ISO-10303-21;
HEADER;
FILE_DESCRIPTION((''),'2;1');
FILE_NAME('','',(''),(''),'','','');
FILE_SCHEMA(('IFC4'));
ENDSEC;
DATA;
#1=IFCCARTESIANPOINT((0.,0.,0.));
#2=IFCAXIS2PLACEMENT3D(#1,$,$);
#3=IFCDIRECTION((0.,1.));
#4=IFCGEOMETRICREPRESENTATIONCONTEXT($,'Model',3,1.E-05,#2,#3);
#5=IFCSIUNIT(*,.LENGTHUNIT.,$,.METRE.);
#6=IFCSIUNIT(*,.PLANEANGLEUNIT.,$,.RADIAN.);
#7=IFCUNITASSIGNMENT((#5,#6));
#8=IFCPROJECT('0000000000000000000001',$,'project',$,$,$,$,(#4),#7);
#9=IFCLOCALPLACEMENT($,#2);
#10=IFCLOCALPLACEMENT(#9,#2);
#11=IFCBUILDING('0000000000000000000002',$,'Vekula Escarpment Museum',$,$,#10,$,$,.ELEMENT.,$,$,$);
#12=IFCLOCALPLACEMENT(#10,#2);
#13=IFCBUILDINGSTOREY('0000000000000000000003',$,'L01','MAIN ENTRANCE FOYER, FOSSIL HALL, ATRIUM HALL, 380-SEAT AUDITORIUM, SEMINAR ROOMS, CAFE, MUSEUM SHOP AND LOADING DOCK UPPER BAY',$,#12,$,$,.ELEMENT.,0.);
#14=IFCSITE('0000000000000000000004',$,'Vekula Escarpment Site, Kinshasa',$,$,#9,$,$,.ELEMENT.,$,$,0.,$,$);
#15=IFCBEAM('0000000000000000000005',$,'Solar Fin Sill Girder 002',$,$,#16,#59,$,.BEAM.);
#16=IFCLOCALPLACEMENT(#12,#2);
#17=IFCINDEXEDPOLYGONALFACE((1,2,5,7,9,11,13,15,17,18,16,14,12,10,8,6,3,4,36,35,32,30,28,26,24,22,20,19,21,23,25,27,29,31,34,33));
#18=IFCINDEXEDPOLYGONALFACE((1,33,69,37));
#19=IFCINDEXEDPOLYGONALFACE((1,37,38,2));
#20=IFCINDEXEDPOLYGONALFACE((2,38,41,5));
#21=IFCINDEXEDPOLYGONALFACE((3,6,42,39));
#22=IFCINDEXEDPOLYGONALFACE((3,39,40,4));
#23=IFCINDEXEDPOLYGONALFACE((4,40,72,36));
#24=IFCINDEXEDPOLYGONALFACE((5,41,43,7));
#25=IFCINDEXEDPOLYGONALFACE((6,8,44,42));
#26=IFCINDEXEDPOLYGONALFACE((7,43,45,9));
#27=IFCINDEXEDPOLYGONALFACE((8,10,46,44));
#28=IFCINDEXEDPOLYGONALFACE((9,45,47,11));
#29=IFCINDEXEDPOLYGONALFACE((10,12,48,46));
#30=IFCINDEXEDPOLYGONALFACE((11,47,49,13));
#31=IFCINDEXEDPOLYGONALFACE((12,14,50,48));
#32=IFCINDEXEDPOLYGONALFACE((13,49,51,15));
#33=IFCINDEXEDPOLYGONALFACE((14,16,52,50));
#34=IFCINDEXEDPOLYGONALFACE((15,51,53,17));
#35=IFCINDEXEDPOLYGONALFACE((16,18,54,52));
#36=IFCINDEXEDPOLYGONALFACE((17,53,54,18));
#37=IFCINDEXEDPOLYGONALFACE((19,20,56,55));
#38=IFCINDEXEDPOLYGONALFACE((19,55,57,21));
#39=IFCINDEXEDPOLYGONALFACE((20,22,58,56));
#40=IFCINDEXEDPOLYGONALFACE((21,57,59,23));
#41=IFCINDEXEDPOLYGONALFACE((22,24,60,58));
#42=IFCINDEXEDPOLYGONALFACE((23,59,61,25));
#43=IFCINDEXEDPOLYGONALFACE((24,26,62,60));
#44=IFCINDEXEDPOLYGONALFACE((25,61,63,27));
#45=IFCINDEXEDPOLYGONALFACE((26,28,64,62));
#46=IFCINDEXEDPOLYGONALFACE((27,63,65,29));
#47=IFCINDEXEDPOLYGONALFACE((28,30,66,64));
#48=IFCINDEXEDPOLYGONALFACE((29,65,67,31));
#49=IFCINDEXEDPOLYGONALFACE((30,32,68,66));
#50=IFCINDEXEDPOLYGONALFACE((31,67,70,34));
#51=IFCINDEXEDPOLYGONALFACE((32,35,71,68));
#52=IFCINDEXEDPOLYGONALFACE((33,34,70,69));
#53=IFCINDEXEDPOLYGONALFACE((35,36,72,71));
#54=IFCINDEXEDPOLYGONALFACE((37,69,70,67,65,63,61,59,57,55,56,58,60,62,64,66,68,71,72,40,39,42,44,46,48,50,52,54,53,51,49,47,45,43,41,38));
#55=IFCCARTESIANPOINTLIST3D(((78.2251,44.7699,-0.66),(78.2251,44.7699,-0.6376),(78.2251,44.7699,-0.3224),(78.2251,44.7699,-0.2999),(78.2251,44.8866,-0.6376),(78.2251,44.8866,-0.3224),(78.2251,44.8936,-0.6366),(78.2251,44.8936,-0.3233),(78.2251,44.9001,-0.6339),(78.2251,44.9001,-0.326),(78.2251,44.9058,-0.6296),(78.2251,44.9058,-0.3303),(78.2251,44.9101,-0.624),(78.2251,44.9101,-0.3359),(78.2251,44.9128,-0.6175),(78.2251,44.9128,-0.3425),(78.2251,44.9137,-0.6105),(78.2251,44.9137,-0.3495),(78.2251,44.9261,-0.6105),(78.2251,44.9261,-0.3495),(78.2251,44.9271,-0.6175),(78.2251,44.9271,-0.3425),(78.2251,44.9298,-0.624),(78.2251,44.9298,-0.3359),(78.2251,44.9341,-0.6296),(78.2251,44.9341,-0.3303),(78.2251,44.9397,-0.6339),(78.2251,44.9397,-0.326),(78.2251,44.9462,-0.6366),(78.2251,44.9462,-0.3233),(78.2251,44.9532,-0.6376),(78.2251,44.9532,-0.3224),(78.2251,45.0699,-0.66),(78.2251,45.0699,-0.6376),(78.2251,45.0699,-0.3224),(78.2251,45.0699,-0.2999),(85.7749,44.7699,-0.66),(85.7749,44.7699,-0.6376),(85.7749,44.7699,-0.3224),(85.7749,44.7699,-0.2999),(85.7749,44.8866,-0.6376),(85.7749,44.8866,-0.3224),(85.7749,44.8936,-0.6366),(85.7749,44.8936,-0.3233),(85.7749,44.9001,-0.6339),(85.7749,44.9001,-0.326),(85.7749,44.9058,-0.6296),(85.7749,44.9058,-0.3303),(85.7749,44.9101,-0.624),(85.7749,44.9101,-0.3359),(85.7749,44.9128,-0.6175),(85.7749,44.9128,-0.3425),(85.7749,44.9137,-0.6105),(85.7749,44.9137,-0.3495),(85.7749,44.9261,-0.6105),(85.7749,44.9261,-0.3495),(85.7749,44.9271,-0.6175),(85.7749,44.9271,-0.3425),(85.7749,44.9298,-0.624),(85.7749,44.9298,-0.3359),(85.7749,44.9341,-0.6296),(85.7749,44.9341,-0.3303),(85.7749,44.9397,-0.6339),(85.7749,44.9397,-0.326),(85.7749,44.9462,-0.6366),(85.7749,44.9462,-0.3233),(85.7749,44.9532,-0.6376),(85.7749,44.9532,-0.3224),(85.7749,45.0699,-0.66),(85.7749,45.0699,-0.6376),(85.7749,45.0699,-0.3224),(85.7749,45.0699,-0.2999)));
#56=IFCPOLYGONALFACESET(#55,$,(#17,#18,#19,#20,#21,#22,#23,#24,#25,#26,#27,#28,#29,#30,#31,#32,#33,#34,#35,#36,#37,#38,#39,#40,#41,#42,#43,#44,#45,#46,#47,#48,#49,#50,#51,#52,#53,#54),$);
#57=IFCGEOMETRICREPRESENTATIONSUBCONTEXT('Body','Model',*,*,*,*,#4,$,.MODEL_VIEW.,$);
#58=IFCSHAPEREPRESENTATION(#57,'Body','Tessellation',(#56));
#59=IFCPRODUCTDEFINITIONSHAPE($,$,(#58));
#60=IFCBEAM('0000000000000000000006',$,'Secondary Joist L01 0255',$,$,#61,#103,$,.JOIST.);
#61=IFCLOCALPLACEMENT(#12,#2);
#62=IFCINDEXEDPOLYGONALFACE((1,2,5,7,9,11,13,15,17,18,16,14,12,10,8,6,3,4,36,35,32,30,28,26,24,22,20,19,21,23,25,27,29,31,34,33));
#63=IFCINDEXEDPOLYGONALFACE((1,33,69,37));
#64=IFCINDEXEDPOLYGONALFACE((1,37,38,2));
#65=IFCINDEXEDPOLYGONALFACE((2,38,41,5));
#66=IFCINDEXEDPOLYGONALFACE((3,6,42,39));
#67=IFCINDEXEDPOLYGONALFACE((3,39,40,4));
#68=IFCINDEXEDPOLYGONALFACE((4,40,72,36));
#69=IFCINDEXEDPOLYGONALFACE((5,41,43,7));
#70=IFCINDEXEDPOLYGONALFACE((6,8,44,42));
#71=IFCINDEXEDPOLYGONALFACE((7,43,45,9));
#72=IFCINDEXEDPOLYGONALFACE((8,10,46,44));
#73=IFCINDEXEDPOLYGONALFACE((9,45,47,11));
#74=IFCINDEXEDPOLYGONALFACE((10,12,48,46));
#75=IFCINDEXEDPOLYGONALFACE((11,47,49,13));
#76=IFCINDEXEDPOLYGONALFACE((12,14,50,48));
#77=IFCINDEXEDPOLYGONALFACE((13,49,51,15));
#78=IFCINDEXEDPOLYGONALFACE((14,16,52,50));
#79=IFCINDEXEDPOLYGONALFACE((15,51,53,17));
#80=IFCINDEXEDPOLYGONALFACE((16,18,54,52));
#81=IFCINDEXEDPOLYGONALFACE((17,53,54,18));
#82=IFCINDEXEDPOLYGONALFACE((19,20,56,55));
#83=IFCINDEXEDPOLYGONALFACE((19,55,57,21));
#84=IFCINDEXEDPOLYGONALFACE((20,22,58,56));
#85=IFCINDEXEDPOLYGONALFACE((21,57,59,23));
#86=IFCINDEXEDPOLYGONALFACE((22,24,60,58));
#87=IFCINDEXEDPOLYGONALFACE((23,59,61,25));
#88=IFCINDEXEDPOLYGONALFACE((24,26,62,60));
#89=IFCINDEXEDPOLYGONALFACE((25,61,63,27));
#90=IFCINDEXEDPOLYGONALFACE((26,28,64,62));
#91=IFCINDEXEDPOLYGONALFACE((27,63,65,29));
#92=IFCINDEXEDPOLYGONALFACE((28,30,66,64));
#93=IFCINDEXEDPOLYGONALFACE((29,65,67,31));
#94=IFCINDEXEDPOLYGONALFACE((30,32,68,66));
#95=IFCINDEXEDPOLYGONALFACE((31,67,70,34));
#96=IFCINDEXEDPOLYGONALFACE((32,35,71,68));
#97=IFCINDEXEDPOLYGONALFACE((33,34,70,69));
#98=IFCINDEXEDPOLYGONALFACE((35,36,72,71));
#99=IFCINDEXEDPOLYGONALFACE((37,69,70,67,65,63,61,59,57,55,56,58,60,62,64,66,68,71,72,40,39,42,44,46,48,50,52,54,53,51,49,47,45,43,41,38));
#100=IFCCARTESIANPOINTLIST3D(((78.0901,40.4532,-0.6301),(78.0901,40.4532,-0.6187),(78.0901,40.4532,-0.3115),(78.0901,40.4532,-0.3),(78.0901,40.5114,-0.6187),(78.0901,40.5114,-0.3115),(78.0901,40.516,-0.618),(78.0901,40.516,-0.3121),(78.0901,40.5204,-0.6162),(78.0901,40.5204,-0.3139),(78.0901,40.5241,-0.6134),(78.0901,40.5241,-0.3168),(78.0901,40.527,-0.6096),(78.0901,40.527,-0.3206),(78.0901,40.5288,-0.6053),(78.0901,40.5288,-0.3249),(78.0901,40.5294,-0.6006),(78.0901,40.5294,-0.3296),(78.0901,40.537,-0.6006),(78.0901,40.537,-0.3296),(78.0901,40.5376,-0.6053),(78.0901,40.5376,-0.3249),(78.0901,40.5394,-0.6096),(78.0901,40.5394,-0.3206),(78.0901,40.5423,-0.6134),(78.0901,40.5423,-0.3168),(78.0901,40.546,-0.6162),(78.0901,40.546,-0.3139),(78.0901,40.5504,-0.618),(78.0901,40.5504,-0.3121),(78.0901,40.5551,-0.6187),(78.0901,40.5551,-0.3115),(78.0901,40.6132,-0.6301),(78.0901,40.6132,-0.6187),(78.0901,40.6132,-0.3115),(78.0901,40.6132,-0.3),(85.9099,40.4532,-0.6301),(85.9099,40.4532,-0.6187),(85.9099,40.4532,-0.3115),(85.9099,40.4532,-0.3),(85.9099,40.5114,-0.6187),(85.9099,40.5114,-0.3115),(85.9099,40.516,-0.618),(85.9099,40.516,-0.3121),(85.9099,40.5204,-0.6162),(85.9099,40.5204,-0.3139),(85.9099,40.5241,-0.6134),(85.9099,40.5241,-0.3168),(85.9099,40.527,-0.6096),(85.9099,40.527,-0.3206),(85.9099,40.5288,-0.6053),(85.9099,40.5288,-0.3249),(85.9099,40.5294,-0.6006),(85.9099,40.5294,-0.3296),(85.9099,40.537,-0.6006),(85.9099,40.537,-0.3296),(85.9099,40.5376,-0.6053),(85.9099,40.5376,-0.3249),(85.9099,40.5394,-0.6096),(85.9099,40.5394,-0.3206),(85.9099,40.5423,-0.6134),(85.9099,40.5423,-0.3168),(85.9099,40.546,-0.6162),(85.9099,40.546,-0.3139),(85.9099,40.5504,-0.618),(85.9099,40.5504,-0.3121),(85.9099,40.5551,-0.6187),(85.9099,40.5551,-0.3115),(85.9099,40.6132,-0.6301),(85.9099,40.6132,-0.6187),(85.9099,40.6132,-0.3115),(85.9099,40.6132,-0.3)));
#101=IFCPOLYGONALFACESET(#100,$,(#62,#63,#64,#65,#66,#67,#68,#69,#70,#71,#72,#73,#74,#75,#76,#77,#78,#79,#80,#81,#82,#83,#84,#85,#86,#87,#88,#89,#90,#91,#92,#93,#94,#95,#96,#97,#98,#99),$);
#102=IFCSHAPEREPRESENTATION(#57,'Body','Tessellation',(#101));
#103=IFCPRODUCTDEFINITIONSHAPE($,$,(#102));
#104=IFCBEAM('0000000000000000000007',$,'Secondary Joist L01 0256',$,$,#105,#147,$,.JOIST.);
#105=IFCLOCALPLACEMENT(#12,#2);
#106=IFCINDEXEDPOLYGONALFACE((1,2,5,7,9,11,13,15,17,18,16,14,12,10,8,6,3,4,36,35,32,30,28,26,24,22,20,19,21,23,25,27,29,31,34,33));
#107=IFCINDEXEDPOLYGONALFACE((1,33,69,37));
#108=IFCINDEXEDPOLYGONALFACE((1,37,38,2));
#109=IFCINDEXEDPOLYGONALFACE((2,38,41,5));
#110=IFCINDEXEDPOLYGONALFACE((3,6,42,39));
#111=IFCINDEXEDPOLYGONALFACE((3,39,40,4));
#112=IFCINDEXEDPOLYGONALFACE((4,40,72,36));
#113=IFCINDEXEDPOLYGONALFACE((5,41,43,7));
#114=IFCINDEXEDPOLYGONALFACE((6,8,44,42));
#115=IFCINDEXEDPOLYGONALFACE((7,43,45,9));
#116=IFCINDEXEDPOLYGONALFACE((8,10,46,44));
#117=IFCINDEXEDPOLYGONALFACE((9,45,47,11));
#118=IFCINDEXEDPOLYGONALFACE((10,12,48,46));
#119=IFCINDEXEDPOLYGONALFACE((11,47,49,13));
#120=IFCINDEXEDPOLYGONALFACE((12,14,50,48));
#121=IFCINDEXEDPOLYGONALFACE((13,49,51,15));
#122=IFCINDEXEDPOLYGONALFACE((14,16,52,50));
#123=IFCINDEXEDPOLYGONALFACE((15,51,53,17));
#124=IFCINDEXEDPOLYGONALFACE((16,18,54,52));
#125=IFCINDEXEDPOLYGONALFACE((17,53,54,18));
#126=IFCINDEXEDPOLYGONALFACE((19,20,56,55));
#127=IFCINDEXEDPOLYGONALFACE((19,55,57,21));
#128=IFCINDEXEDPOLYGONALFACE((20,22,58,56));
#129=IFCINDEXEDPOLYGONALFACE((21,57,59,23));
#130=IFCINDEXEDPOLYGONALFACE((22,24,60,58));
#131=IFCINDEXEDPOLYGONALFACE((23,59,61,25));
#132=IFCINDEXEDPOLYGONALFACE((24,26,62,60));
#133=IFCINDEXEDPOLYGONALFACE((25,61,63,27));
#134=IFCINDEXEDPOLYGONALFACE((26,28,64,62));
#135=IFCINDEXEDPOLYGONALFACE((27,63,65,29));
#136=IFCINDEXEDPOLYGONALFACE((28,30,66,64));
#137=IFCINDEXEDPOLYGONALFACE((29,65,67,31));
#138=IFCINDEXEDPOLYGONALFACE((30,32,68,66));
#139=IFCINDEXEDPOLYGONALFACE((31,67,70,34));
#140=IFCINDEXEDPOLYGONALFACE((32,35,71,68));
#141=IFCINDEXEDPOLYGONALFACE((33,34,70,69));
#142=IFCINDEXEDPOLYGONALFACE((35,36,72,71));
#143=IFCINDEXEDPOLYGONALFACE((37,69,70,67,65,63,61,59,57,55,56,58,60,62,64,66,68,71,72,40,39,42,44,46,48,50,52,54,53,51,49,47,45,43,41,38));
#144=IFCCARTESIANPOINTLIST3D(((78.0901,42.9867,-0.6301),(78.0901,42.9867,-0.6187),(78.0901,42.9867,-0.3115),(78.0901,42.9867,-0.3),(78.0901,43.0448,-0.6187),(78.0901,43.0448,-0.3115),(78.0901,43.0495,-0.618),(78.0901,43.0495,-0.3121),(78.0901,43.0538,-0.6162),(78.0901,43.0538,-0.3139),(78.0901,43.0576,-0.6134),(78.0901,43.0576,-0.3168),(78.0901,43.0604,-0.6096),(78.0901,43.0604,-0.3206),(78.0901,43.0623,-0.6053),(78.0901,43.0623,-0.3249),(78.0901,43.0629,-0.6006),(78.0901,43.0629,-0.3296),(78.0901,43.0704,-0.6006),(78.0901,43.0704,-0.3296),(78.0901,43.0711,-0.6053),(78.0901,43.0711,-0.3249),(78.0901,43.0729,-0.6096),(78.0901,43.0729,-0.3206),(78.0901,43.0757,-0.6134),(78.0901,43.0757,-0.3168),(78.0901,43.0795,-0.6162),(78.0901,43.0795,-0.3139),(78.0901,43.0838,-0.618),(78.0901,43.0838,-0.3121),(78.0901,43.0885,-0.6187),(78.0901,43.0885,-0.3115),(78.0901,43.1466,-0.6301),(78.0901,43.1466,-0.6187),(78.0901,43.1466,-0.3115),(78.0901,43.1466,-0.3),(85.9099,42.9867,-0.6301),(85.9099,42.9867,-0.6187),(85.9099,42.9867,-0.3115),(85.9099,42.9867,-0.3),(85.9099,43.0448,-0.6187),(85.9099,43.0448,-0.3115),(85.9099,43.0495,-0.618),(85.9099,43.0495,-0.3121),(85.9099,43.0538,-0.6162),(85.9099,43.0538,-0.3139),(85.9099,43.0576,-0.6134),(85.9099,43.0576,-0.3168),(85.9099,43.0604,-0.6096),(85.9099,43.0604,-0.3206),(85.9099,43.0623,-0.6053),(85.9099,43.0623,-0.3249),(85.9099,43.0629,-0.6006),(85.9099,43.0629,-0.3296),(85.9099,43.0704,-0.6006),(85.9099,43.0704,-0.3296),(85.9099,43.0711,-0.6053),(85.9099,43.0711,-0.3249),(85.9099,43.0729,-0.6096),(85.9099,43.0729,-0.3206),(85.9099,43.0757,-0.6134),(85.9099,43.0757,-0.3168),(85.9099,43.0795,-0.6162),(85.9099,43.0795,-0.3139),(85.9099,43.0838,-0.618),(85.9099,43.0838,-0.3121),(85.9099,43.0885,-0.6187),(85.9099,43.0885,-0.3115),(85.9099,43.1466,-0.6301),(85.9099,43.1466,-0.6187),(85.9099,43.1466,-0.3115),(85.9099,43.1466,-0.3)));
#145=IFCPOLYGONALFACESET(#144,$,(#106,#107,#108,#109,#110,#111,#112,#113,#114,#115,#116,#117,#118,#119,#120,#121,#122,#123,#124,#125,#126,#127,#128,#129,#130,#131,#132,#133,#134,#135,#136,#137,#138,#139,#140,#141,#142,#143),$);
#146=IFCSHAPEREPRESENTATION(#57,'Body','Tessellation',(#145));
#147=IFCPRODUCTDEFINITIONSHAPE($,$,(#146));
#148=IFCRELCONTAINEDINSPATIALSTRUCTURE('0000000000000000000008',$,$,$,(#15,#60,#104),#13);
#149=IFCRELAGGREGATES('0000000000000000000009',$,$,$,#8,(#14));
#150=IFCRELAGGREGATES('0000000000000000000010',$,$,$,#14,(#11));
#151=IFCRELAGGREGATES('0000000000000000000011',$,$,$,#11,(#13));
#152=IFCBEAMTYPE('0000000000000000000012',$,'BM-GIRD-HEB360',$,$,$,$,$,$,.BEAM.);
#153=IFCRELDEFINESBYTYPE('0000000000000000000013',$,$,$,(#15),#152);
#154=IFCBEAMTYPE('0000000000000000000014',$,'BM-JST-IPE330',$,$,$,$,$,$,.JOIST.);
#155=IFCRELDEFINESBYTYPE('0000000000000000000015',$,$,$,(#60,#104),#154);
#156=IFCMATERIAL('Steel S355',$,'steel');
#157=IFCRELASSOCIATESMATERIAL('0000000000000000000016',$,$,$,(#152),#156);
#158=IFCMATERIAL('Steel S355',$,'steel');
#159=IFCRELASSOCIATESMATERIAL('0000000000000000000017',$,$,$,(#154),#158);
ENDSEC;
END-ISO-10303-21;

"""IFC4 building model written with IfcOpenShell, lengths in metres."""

from ifc_helpers import new_model, si_unit, direction, frame, origin, origin_2d, place, context, subcontext, project, spatial, i_section, extrude, material, material_profile, profile_set, type_object, element, save


model = new_model("IFC4")

# Units and contexts
model_context = context("Model", 3, precision=1e-05, world=origin(), true_north=direction((0.0, 1.0)))
body_context = subcontext(model_context, "Body", "Model", "MODEL_VIEW")
ifc_project = project(units=[si_unit("LENGTHUNIT", "METRE"), si_unit("PLANEANGLEUNIT", "RADIAN")], contexts=[model_context])

# Site, building, storey
site_placement = place(None, origin())
site = spatial("IfcSite", under=ifc_project, at=site_placement, Name="Vekula Escarpment Site, Kinshasa", CompositionType="ELEMENT", RefElevation=0.0)
building_placement = place(site_placement, origin())
building = spatial("IfcBuilding", under=site, at=building_placement, Name="Vekula Escarpment Museum", CompositionType="ELEMENT")
storey_placement = place(building_placement, origin())
storey = spatial("IfcBuildingStorey", under=building, at=storey_placement, Name="L01", Description="MAIN ENTRANCE FOYER, FOSSIL HALL, ATRIUM HALL, 380-SEAT AUDITORIUM, SEMINAR ROOMS, CAFE, MUSEUM SHOP AND LOADING DOCK UPPER BAY", CompositionType="ELEMENT", Elevation=0.0)

# Beams
ifc_material_1 = material(Name="Steel S355", Category="steel")
ifc_material_profile_1 = material_profile(ifc_material_1, i_section(OverallWidth=0.3, OverallDepth=0.3601, WebThickness=0.0125, FlangeThickness=0.0225, FilletRadius=0.0271, at=origin_2d()), Name="HEB 360")
ifc_profile_set_1 = profile_set([ifc_material_profile_1], Name="Steel S355")
beam_type_1 = type_object("IfcBeamType", Name="BM-GIRD-HEB360", PredefinedType="BEAM", material=ifc_profile_set_1)
beam_placement = place(storey_placement, frame((78.2251, 44.9199, -0.48), z_axis=(1.0, 0.0, 0.0), x_axis=(0.0, 1.0, 0.0)))
element("IfcBeam", 1, at=beam_placement, inside=storey, type_object=beam_type_1, Name="Solar Fin Sill Girder 002", PredefinedType="BEAM", context=body_context, shape_type="SweptSolid", body=[
    extrude(i_section(OverallWidth=0.3, OverallDepth=0.3601, WebThickness=0.0125, FlangeThickness=0.0225, FilletRadius=0.0271, at=origin_2d()), origin(), (0.0, 0.0, 1.0), 7.5498),
])
ifc_material_2 = material(Name="Steel S355", Category="steel")
ifc_material_profile_2 = material_profile(ifc_material_2, i_section(OverallWidth=0.1599, OverallDepth=0.3301, WebThickness=0.0076, FlangeThickness=0.0115, FilletRadius=0.0181, at=origin_2d()), Name="IPE 330")
ifc_profile_set_2 = profile_set([ifc_material_profile_2], Name="Steel S355")
beam_type_2 = type_object("IfcBeamType", Name="BM-JST-IPE330", PredefinedType="JOIST", material=ifc_profile_set_2)
for number, where, z_axis, x_axis, name in (
    (2, (78.0901, 40.5332, -0.4651), (1.0, 0.0, 0.0), (0.0, 1.0, 0.0), "Secondary Joist L01 0255"),
    (3, (78.0901, 43.0667, -0.4651), (1.0, 0.0, 0.0), (0.0, 1.0, 0.0), "Secondary Joist L01 0256"),
):
    element("IfcBeam", number, at=place(storey_placement, frame(where, z_axis=z_axis, x_axis=x_axis)), inside=storey, type_object=beam_type_2, Name=name, PredefinedType="JOIST", context=body_context, shape_type="SweptSolid", body=[
        extrude(i_section(OverallWidth=0.1599, OverallDepth=0.3301, WebThickness=0.0076, FlangeThickness=0.0115, FilletRadius=0.0181, at=origin_2d()), origin(), (0.0, 0.0, 1.0), 7.8198),
    ])

save(model, "model.ifc")
